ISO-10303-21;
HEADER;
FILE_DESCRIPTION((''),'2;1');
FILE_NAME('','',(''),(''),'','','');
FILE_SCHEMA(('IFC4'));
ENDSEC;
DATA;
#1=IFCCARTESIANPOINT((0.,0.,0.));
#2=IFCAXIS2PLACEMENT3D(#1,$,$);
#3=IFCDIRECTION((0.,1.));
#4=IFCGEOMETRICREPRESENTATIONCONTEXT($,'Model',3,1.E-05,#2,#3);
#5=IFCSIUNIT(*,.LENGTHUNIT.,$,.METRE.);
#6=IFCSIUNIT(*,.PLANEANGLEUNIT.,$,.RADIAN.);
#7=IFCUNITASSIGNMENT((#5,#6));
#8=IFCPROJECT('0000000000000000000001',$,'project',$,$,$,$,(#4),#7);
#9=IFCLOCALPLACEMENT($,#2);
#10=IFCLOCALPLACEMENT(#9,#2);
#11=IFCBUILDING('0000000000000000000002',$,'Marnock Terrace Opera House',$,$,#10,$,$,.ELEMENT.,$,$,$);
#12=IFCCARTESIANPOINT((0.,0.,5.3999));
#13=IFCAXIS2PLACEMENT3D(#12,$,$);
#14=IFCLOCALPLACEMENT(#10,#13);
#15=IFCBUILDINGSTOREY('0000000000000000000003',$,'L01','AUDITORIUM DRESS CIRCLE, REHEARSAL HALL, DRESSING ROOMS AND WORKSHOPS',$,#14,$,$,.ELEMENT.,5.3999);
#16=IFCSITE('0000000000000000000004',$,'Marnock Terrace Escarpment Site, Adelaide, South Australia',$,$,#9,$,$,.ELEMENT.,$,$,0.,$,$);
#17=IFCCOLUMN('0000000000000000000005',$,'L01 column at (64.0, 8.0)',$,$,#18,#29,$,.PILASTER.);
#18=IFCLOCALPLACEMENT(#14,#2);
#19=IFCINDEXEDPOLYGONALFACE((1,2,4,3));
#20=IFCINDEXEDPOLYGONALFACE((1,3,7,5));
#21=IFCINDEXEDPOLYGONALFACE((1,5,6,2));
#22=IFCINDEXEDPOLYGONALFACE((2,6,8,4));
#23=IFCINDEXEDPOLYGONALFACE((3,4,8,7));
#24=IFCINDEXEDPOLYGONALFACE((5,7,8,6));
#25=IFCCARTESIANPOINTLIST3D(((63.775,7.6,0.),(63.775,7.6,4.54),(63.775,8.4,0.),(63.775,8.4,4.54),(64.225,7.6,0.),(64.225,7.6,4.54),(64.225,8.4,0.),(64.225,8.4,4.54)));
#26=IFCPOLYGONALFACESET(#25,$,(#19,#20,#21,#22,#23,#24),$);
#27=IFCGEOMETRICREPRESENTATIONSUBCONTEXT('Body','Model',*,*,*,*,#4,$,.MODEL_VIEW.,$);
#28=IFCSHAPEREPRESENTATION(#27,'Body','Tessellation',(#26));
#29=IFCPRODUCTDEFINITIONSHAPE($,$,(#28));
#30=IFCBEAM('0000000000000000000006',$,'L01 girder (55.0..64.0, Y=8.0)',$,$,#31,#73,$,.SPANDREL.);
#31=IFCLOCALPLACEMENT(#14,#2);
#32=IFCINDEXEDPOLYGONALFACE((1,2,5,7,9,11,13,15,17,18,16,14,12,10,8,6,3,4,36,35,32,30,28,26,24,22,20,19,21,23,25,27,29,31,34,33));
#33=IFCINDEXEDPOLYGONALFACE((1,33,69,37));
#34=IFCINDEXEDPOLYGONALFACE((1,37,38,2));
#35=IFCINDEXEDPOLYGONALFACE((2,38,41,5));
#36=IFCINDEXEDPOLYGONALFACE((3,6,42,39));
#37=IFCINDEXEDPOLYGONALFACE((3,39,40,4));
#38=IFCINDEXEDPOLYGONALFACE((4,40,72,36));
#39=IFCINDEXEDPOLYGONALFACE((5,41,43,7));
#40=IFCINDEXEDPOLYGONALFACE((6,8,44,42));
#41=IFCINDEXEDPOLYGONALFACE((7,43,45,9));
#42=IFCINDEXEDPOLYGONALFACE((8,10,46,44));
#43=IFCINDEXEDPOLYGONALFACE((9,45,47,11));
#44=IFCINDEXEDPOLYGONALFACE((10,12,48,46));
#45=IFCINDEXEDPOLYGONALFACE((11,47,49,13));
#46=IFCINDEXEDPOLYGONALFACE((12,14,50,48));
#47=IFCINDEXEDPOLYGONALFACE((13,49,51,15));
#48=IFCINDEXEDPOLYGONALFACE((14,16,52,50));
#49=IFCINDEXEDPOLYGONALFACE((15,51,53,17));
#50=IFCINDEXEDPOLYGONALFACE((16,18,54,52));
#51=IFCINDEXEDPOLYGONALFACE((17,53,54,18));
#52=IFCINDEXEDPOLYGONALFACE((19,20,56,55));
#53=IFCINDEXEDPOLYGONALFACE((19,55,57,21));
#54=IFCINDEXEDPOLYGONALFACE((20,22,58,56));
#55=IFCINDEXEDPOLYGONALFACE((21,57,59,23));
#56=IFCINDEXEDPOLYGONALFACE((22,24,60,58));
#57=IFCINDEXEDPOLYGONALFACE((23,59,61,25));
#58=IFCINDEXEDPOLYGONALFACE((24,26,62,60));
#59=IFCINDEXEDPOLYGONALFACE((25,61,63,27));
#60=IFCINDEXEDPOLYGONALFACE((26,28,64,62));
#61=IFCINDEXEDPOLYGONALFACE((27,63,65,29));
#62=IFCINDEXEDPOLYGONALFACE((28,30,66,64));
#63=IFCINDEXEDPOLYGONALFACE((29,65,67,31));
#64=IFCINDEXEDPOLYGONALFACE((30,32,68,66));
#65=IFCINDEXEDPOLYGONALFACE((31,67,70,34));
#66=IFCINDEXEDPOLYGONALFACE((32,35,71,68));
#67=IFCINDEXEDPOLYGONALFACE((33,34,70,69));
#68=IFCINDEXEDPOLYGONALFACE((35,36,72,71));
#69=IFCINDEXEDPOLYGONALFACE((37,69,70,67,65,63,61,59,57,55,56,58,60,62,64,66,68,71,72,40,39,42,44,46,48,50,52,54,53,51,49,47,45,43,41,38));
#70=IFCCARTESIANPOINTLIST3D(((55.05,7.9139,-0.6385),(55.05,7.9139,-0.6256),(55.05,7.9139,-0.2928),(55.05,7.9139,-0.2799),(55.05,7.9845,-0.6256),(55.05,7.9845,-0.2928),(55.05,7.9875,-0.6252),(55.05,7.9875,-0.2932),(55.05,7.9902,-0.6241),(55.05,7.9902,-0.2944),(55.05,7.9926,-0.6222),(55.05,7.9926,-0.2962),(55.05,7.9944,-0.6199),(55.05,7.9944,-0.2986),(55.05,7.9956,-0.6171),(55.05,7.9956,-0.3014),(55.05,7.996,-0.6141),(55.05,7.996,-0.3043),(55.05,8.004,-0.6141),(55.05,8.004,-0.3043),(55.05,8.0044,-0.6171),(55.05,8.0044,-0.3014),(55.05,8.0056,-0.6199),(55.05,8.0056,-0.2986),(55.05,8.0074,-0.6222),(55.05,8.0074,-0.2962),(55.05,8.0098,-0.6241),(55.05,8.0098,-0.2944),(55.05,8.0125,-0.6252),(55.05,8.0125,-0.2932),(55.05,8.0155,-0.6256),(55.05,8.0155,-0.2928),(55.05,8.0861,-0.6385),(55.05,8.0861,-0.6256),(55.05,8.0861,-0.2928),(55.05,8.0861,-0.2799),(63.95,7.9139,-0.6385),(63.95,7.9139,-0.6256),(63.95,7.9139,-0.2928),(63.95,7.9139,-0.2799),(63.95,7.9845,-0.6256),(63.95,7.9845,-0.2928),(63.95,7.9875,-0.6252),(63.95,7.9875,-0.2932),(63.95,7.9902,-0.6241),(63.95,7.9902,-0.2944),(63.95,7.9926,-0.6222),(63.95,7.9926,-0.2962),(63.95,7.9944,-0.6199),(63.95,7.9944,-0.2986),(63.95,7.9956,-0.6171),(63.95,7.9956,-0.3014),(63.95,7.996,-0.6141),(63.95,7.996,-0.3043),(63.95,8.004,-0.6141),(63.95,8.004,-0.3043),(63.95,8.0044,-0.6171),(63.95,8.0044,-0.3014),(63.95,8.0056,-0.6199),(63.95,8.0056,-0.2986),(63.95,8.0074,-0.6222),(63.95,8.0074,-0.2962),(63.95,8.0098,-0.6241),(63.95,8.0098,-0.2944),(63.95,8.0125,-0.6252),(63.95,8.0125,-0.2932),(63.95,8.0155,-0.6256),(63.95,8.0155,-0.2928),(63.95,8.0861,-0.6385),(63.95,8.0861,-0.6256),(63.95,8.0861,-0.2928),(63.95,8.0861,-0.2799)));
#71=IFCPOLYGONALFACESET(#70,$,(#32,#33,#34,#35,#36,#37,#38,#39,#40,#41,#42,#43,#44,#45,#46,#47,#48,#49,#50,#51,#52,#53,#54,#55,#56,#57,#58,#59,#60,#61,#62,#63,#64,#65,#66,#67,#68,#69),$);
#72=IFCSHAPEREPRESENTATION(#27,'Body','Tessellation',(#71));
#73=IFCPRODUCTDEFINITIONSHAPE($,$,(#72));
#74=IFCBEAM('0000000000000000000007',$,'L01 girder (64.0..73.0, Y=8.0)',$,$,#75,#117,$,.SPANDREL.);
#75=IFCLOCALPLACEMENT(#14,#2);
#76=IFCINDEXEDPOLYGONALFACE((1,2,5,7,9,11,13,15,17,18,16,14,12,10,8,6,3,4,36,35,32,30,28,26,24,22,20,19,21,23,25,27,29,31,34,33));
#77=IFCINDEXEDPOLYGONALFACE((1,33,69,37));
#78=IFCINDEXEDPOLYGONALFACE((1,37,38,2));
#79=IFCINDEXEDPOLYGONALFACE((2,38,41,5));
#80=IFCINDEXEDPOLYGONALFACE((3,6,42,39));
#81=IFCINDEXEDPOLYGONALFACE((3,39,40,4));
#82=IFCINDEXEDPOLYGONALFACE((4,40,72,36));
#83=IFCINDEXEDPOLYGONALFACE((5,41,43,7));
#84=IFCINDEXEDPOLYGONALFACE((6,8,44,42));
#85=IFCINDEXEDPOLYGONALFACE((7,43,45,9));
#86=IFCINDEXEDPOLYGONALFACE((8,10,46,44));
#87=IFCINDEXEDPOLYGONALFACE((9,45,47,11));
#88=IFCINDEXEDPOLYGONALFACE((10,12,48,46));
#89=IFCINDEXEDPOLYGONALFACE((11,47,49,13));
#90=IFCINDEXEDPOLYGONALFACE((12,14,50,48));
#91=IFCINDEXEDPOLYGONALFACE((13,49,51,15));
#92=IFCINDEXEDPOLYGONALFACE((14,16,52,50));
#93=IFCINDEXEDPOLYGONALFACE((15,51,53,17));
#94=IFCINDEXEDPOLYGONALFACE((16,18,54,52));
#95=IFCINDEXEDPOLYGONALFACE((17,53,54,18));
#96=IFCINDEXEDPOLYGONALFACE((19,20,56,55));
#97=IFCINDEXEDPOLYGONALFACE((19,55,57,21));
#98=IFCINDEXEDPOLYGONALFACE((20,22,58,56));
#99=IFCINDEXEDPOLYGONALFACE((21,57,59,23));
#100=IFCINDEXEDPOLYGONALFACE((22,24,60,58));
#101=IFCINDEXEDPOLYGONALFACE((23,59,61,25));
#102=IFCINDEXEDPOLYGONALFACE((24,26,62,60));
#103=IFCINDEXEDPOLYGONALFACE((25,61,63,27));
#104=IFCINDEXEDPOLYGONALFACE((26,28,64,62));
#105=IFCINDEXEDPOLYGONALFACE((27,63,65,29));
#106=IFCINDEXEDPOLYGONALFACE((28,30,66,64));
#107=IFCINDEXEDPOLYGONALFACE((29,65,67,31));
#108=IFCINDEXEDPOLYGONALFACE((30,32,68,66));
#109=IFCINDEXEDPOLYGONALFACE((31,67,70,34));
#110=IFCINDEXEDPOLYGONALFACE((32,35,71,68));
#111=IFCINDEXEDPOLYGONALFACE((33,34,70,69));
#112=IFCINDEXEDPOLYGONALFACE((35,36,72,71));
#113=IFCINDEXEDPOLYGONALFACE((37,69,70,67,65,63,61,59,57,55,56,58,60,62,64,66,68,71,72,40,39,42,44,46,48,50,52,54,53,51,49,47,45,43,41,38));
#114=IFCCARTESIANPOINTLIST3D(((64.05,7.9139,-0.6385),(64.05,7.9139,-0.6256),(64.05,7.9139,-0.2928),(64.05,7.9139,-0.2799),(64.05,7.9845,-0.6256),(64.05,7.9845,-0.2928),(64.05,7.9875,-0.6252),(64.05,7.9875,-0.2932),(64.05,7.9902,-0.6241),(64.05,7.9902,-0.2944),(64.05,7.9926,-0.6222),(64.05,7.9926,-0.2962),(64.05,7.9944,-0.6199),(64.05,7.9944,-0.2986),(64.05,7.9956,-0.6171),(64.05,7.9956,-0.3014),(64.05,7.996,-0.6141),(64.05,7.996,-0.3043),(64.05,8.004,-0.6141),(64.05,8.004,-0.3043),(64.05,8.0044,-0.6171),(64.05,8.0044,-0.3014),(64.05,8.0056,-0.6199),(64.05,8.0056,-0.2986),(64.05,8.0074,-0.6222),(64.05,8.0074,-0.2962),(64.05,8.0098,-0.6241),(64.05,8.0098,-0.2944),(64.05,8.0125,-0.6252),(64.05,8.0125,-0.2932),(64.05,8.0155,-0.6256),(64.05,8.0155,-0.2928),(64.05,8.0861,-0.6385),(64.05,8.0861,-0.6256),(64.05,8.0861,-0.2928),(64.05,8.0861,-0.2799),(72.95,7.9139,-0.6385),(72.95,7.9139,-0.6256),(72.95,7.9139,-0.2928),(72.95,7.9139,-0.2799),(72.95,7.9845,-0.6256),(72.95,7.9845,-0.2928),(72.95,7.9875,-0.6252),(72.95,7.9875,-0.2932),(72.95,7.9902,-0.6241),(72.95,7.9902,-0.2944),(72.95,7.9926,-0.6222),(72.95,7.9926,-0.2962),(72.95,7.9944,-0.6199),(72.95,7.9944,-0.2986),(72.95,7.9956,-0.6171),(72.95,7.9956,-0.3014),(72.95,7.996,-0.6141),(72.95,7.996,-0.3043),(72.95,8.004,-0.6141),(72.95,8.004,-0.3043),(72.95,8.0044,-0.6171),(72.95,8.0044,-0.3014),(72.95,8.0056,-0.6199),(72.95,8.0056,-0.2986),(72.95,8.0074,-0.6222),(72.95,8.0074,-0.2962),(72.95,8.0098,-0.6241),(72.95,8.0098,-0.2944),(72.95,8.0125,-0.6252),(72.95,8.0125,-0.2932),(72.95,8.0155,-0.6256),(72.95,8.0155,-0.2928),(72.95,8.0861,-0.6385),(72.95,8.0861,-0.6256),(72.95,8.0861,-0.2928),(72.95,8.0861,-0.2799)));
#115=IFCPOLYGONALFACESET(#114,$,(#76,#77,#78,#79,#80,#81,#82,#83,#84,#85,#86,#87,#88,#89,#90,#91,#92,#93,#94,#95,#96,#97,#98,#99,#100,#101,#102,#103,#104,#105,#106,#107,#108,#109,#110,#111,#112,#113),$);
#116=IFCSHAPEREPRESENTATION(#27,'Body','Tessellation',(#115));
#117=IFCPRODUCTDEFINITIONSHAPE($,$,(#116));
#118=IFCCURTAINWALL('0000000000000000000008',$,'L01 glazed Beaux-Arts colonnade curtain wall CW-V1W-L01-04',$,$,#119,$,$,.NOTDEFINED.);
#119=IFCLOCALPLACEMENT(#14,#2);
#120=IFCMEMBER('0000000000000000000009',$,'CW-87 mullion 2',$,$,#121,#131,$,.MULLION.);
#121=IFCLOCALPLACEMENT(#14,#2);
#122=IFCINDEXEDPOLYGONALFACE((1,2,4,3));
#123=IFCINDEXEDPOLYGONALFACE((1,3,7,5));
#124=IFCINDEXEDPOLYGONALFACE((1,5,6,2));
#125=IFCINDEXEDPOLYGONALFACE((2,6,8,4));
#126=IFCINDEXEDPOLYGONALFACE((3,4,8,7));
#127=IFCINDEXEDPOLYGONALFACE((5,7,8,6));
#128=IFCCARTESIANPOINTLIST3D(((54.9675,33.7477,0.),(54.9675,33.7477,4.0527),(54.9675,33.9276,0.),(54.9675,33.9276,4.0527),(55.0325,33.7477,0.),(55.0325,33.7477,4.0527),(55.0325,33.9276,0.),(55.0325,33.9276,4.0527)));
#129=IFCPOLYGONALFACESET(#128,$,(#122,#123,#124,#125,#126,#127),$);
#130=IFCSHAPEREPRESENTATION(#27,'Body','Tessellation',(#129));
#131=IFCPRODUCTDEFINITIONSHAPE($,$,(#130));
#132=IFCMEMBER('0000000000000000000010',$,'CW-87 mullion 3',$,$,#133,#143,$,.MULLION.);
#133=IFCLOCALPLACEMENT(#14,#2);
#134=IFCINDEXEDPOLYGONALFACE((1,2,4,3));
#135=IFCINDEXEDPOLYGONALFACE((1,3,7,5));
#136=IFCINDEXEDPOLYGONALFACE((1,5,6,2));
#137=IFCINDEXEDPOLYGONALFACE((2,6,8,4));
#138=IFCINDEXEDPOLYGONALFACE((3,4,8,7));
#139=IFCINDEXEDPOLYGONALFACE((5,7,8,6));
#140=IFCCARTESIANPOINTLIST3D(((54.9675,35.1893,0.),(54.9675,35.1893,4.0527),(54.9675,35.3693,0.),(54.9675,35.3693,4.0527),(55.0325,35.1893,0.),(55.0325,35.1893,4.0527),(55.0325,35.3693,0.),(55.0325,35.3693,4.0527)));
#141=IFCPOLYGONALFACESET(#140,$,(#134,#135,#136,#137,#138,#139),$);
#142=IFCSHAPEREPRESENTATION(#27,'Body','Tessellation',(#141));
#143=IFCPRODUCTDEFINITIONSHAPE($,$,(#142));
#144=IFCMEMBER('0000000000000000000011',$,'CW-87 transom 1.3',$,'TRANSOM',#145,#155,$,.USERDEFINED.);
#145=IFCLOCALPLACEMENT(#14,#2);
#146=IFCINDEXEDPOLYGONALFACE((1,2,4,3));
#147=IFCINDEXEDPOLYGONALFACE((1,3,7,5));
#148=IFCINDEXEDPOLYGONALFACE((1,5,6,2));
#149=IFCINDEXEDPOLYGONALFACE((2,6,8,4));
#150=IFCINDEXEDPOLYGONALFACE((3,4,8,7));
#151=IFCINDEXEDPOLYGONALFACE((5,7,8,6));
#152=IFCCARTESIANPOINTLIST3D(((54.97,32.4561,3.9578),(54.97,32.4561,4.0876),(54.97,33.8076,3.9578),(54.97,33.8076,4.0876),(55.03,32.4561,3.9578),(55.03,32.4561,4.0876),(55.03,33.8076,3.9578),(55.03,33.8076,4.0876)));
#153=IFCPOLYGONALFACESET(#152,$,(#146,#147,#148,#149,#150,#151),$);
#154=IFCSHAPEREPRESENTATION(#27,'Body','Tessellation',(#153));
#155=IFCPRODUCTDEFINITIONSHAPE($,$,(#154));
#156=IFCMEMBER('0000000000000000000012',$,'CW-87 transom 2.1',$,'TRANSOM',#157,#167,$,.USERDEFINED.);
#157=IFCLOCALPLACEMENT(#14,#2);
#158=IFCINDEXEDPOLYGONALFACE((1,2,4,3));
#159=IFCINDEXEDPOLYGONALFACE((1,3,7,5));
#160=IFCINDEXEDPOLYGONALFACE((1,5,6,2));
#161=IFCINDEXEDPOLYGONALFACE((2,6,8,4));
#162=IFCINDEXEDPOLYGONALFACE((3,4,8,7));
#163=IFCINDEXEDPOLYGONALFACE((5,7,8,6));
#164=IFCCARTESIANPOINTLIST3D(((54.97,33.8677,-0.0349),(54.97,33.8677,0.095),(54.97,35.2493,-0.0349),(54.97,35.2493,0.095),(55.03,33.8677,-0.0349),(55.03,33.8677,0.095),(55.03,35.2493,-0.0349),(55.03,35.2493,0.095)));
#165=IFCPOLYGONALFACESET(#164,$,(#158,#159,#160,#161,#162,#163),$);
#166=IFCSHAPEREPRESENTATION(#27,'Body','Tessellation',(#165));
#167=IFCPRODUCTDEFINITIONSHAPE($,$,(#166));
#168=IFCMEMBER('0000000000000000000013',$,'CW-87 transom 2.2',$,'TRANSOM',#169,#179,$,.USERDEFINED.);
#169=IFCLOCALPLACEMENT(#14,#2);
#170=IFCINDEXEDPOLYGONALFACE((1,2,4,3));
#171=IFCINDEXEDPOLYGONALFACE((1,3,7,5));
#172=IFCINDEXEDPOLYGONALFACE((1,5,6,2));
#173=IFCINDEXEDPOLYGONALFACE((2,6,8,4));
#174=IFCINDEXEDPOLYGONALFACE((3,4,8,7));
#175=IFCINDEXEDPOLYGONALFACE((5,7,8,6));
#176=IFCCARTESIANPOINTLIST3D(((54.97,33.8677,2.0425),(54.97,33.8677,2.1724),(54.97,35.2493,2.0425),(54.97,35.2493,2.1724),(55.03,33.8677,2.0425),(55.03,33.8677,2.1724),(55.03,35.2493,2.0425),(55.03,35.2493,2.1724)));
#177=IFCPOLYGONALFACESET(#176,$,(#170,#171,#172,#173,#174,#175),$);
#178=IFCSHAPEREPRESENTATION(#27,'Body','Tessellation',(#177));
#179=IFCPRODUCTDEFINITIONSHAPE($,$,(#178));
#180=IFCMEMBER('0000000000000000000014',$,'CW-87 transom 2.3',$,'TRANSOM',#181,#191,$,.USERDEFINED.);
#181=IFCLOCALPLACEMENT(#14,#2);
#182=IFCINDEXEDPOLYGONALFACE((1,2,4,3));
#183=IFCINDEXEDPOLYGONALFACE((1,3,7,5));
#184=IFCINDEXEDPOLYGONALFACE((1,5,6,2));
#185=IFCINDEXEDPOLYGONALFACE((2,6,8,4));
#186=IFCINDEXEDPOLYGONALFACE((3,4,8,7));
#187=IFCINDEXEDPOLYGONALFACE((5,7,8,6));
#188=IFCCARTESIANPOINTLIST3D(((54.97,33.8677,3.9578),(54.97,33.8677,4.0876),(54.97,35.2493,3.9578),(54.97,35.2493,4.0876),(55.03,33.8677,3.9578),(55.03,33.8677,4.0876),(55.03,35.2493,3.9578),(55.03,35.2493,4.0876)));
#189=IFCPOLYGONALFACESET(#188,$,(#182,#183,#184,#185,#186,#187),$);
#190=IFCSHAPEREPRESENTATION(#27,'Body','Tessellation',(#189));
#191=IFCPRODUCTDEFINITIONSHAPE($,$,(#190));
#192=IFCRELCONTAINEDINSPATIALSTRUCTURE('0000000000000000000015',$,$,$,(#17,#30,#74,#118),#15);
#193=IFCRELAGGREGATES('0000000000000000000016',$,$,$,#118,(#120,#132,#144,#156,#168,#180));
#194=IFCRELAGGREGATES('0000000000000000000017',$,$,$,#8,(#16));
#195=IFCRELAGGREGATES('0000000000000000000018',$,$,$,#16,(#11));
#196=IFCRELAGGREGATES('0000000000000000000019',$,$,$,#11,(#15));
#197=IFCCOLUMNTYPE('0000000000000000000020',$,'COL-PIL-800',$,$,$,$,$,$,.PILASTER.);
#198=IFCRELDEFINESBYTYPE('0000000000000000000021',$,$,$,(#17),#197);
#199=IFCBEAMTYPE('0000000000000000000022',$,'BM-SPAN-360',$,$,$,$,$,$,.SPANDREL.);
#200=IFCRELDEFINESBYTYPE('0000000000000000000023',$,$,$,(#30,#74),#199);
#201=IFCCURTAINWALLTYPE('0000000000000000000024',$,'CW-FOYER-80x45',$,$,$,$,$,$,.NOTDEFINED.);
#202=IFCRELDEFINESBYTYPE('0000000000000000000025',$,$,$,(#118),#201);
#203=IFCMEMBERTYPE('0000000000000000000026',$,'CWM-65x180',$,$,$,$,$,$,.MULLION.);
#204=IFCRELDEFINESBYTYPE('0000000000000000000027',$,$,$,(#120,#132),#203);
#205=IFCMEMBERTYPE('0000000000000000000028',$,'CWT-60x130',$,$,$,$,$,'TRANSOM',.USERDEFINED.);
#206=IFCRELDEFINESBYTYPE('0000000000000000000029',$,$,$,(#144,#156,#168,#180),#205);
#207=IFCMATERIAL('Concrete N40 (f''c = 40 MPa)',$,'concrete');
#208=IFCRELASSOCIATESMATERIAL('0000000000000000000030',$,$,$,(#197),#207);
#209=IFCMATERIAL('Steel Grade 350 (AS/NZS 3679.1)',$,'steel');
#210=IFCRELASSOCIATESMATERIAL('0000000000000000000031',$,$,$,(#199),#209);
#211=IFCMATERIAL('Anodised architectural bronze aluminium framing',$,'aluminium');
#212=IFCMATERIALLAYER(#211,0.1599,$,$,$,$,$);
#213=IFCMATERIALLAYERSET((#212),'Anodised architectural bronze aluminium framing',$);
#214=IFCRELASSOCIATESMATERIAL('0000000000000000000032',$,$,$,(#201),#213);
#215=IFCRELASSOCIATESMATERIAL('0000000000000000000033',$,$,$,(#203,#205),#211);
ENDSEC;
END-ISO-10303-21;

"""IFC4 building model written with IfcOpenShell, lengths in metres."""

from ifc_helpers import new_model, si_unit, direction, frame, origin, origin_2d, place, context, subcontext, project, spatial, rectangle, i_section, extrude, material, layer, layer_set, material_profile, profile_set, type_object, element, aggregate, save


model = new_model("IFC4")

# Units and contexts
model_context = context("Model", 3, precision=1e-05, world=origin(), true_north=direction((0.0, 1.0)))
body_context = subcontext(model_context, "Body", "Model", "MODEL_VIEW")
ifc_project = project(units=[si_unit("LENGTHUNIT", "METRE"), si_unit("PLANEANGLEUNIT", "RADIAN")], contexts=[model_context])

# Site, building, storey
site_placement = place(None, origin())
site = spatial("IfcSite", under=ifc_project, at=site_placement, Name="Marnock Terrace Escarpment Site, Adelaide, South Australia", CompositionType="ELEMENT", RefElevation=0.0)
building_placement = place(site_placement, origin())
building = spatial("IfcBuilding", under=site, at=building_placement, Name="Marnock Terrace Opera House", CompositionType="ELEMENT")
storey_placement = place(building_placement, frame((0.0, 0.0, 5.3999)))
storey = spatial("IfcBuildingStorey", under=building, at=storey_placement, Name="L01", Description="AUDITORIUM DRESS CIRCLE, REHEARSAL HALL, DRESSING ROOMS AND WORKSHOPS", CompositionType="ELEMENT", Elevation=5.3999)

# Column
ifc_material_1 = material(Name="Concrete N40 (f'c = 40 MPa)", Category="concrete")
ifc_material_profile_1 = material_profile(ifc_material_1, rectangle(XDim=0.45, YDim=0.8, at=origin_2d()))
ifc_profile_set_1 = profile_set([ifc_material_profile_1], Name="Concrete N40 (f'c = 40 MPa)")
column_type = type_object("IfcColumnType", Name="COL-PIL-800", PredefinedType="PILASTER", material=ifc_profile_set_1)
column_placement = place(storey_placement, frame((64.0, 8.0, 0.0), z_axis=(0.0, 0.0, 1.0), x_axis=(1.0, 0.0, 0.0)))
element("IfcColumn", 1, at=column_placement, inside=storey, type_object=column_type, Name="L01 column at (64.0, 8.0)", PredefinedType="PILASTER", context=body_context, shape_type="SweptSolid", body=[
    extrude(rectangle(XDim=0.45, YDim=0.8, at=origin_2d()), origin(), (0.0, 0.0, 1.0), 4.54),
])

# Beams
ifc_material_2 = material(Name="Steel Grade 350 (AS/NZS 3679.1)", Category="steel")
ifc_material_profile_2 = material_profile(ifc_material_2, i_section(OverallWidth=0.1721, OverallDepth=0.3586, WebThickness=0.0081, FlangeThickness=0.0129, FilletRadius=0.0115, at=origin_2d()))
ifc_profile_set_2 = profile_set([ifc_material_profile_2], Name="Steel Grade 350 (AS/NZS 3679.1)")
beam_type = type_object("IfcBeamType", Name="BM-SPAN-360", PredefinedType="SPANDREL", material=ifc_profile_set_2)
for number, where, z_axis, x_axis, name in (
    (2, (55.05, 8.0, -0.4592), (1.0, 0.0, 0.0), (0.0, 1.0, 0.0), "L01 girder (55.0..64.0, Y=8.0)"),
    (3, (64.05, 8.0, -0.4592), (1.0, 0.0, 0.0), (0.0, 1.0, 0.0), "L01 girder (64.0..73.0, Y=8.0)"),
):
    element("IfcBeam", number, at=place(storey_placement, frame(where, z_axis=z_axis, x_axis=x_axis)), inside=storey, type_object=beam_type, Name=name, PredefinedType="SPANDREL", context=body_context, shape_type="SweptSolid", body=[
        extrude(i_section(OverallWidth=0.1721, OverallDepth=0.3586, WebThickness=0.0081, FlangeThickness=0.0129, FilletRadius=0.0115, at=origin_2d()), origin(), (0.0, 0.0, 1.0), 8.8999),
    ])

# Curtain wall, members
ifc_material_3 = material(Name="Anodised architectural bronze aluminium framing", Category="aluminium")
ifc_layer_1 = layer(ifc_material_3, 0.1599)
ifc_layer_set_1 = layer_set([ifc_layer_1], Name="Anodised architectural bronze aluminium framing")
curtain_wall_type = type_object("IfcCurtainWallType", Name="CW-FOYER-80x45", PredefinedType="NOTDEFINED", material=ifc_layer_set_1)
curtain_wall_placement = place(storey_placement, origin())
curtain_wall = element("IfcCurtainWall", 4, at=curtain_wall_placement, inside=storey, type_object=curtain_wall_type, Name="L01 glazed Beaux-Arts colonnade curtain wall CW-V1W-L01-04", PredefinedType="NOTDEFINED")
ifc_material_profile_3 = material_profile(ifc_material_3, rectangle(XDim=0.0649, YDim=0.1799, at=origin_2d()))
ifc_profile_set_3 = profile_set([ifc_material_profile_3], Name="Anodised architectural bronze aluminium framing")
member_type_1 = type_object("IfcMemberType", Name="CWM-65x180", PredefinedType="MULLION", material=ifc_profile_set_3)
member_1_placement = place(storey_placement, frame((55.0, 33.8376, 0.0), z_axis=(0.0, 0.0, 1.0), x_axis=(-1.0, 0.0, 0.0)))
member_1 = element("IfcMember", 5, at=member_1_placement, type_object=member_type_1, Name="CW-87 mullion 2", PredefinedType="MULLION", context=body_context, shape_type="SweptSolid", body=[
    extrude(rectangle(XDim=0.0649, YDim=0.1799, at=origin_2d()), origin(), (0.0, 0.0, 1.0), 4.0527),
])
member_2_placement = place(storey_placement, frame((55.0, 35.2793, 0.0), z_axis=(0.0, 0.0, 1.0), x_axis=(-1.0, 0.0, 0.0)))
member_2 = element("IfcMember", 6, at=member_2_placement, type_object=member_type_1, Name="CW-87 mullion 3", PredefinedType="MULLION", context=body_context, shape_type="SweptSolid", body=[
    extrude(rectangle(XDim=0.0649, YDim=0.1799, at=origin_2d()), origin(), (0.0, 0.0, 1.0), 4.0527),
])
ifc_material_profile_4 = material_profile(ifc_material_3, rectangle(XDim=0.0601, YDim=0.1299, at=origin_2d()))
ifc_profile_set_4 = profile_set([ifc_material_profile_4], Name="Anodised architectural bronze aluminium framing")
member_type_2 = type_object("IfcMemberType", Name="CWT-60x130", ElementType="TRANSOM", PredefinedType="USERDEFINED", material=ifc_profile_set_4)
member_3_placement = place(storey_placement, frame((55.0, 32.4561, 4.0227), z_axis=(0.0, 1.0, 0.0), x_axis=(-1.0, 0.0, 0.0)))
member_3 = element("IfcMember", 7, at=member_3_placement, type_object=member_type_2, Name="CW-87 transom 1.3", ObjectType="TRANSOM", PredefinedType="USERDEFINED", context=body_context, shape_type="SweptSolid", body=[
    extrude(rectangle(XDim=0.0601, YDim=0.1299, at=origin_2d()), origin(), (0.0, 0.0, 1.0), 1.3516),
])
member_4_placement = place(storey_placement, frame((55.0, 33.8677, 0.03), z_axis=(0.0, 1.0, 0.0), x_axis=(-1.0, 0.0, 0.0)))
member_4 = element("IfcMember", 8, at=member_4_placement, type_object=member_type_2, Name="CW-87 transom 2.1", ObjectType="TRANSOM", PredefinedType="USERDEFINED", context=body_context, shape_type="SweptSolid", body=[
    extrude(rectangle(XDim=0.0601, YDim=0.1299, at=origin_2d()), origin(), (0.0, 0.0, 1.0), 1.3816),
])
member_5_placement = place(storey_placement, frame((55.0, 33.8677, 2.1074), z_axis=(0.0, 1.0, 0.0), x_axis=(-1.0, 0.0, 0.0)))
member_5 = element("IfcMember", 9, at=member_5_placement, type_object=member_type_2, Name="CW-87 transom 2.2", ObjectType="TRANSOM", PredefinedType="USERDEFINED", context=body_context, shape_type="SweptSolid", body=[
    extrude(rectangle(XDim=0.0601, YDim=0.1299, at=origin_2d()), origin(), (0.0, 0.0, 1.0), 1.3816),
])
member_6_placement = place(storey_placement, frame((55.0, 33.8677, 4.0227), z_axis=(0.0, 1.0, 0.0), x_axis=(-1.0, 0.0, 0.0)))
member_6 = element("IfcMember", 10, at=member_6_placement, type_object=member_type_2, Name="CW-87 transom 2.3", ObjectType="TRANSOM", PredefinedType="USERDEFINED", context=body_context, shape_type="SweptSolid", body=[
    extrude(rectangle(XDim=0.0601, YDim=0.1299, at=origin_2d()), origin(), (0.0, 0.0, 1.0), 1.3816),
])
aggregate(curtain_wall, [member_1, member_2, member_3, member_4, member_5, member_6])

save(model, "model.ifc")
